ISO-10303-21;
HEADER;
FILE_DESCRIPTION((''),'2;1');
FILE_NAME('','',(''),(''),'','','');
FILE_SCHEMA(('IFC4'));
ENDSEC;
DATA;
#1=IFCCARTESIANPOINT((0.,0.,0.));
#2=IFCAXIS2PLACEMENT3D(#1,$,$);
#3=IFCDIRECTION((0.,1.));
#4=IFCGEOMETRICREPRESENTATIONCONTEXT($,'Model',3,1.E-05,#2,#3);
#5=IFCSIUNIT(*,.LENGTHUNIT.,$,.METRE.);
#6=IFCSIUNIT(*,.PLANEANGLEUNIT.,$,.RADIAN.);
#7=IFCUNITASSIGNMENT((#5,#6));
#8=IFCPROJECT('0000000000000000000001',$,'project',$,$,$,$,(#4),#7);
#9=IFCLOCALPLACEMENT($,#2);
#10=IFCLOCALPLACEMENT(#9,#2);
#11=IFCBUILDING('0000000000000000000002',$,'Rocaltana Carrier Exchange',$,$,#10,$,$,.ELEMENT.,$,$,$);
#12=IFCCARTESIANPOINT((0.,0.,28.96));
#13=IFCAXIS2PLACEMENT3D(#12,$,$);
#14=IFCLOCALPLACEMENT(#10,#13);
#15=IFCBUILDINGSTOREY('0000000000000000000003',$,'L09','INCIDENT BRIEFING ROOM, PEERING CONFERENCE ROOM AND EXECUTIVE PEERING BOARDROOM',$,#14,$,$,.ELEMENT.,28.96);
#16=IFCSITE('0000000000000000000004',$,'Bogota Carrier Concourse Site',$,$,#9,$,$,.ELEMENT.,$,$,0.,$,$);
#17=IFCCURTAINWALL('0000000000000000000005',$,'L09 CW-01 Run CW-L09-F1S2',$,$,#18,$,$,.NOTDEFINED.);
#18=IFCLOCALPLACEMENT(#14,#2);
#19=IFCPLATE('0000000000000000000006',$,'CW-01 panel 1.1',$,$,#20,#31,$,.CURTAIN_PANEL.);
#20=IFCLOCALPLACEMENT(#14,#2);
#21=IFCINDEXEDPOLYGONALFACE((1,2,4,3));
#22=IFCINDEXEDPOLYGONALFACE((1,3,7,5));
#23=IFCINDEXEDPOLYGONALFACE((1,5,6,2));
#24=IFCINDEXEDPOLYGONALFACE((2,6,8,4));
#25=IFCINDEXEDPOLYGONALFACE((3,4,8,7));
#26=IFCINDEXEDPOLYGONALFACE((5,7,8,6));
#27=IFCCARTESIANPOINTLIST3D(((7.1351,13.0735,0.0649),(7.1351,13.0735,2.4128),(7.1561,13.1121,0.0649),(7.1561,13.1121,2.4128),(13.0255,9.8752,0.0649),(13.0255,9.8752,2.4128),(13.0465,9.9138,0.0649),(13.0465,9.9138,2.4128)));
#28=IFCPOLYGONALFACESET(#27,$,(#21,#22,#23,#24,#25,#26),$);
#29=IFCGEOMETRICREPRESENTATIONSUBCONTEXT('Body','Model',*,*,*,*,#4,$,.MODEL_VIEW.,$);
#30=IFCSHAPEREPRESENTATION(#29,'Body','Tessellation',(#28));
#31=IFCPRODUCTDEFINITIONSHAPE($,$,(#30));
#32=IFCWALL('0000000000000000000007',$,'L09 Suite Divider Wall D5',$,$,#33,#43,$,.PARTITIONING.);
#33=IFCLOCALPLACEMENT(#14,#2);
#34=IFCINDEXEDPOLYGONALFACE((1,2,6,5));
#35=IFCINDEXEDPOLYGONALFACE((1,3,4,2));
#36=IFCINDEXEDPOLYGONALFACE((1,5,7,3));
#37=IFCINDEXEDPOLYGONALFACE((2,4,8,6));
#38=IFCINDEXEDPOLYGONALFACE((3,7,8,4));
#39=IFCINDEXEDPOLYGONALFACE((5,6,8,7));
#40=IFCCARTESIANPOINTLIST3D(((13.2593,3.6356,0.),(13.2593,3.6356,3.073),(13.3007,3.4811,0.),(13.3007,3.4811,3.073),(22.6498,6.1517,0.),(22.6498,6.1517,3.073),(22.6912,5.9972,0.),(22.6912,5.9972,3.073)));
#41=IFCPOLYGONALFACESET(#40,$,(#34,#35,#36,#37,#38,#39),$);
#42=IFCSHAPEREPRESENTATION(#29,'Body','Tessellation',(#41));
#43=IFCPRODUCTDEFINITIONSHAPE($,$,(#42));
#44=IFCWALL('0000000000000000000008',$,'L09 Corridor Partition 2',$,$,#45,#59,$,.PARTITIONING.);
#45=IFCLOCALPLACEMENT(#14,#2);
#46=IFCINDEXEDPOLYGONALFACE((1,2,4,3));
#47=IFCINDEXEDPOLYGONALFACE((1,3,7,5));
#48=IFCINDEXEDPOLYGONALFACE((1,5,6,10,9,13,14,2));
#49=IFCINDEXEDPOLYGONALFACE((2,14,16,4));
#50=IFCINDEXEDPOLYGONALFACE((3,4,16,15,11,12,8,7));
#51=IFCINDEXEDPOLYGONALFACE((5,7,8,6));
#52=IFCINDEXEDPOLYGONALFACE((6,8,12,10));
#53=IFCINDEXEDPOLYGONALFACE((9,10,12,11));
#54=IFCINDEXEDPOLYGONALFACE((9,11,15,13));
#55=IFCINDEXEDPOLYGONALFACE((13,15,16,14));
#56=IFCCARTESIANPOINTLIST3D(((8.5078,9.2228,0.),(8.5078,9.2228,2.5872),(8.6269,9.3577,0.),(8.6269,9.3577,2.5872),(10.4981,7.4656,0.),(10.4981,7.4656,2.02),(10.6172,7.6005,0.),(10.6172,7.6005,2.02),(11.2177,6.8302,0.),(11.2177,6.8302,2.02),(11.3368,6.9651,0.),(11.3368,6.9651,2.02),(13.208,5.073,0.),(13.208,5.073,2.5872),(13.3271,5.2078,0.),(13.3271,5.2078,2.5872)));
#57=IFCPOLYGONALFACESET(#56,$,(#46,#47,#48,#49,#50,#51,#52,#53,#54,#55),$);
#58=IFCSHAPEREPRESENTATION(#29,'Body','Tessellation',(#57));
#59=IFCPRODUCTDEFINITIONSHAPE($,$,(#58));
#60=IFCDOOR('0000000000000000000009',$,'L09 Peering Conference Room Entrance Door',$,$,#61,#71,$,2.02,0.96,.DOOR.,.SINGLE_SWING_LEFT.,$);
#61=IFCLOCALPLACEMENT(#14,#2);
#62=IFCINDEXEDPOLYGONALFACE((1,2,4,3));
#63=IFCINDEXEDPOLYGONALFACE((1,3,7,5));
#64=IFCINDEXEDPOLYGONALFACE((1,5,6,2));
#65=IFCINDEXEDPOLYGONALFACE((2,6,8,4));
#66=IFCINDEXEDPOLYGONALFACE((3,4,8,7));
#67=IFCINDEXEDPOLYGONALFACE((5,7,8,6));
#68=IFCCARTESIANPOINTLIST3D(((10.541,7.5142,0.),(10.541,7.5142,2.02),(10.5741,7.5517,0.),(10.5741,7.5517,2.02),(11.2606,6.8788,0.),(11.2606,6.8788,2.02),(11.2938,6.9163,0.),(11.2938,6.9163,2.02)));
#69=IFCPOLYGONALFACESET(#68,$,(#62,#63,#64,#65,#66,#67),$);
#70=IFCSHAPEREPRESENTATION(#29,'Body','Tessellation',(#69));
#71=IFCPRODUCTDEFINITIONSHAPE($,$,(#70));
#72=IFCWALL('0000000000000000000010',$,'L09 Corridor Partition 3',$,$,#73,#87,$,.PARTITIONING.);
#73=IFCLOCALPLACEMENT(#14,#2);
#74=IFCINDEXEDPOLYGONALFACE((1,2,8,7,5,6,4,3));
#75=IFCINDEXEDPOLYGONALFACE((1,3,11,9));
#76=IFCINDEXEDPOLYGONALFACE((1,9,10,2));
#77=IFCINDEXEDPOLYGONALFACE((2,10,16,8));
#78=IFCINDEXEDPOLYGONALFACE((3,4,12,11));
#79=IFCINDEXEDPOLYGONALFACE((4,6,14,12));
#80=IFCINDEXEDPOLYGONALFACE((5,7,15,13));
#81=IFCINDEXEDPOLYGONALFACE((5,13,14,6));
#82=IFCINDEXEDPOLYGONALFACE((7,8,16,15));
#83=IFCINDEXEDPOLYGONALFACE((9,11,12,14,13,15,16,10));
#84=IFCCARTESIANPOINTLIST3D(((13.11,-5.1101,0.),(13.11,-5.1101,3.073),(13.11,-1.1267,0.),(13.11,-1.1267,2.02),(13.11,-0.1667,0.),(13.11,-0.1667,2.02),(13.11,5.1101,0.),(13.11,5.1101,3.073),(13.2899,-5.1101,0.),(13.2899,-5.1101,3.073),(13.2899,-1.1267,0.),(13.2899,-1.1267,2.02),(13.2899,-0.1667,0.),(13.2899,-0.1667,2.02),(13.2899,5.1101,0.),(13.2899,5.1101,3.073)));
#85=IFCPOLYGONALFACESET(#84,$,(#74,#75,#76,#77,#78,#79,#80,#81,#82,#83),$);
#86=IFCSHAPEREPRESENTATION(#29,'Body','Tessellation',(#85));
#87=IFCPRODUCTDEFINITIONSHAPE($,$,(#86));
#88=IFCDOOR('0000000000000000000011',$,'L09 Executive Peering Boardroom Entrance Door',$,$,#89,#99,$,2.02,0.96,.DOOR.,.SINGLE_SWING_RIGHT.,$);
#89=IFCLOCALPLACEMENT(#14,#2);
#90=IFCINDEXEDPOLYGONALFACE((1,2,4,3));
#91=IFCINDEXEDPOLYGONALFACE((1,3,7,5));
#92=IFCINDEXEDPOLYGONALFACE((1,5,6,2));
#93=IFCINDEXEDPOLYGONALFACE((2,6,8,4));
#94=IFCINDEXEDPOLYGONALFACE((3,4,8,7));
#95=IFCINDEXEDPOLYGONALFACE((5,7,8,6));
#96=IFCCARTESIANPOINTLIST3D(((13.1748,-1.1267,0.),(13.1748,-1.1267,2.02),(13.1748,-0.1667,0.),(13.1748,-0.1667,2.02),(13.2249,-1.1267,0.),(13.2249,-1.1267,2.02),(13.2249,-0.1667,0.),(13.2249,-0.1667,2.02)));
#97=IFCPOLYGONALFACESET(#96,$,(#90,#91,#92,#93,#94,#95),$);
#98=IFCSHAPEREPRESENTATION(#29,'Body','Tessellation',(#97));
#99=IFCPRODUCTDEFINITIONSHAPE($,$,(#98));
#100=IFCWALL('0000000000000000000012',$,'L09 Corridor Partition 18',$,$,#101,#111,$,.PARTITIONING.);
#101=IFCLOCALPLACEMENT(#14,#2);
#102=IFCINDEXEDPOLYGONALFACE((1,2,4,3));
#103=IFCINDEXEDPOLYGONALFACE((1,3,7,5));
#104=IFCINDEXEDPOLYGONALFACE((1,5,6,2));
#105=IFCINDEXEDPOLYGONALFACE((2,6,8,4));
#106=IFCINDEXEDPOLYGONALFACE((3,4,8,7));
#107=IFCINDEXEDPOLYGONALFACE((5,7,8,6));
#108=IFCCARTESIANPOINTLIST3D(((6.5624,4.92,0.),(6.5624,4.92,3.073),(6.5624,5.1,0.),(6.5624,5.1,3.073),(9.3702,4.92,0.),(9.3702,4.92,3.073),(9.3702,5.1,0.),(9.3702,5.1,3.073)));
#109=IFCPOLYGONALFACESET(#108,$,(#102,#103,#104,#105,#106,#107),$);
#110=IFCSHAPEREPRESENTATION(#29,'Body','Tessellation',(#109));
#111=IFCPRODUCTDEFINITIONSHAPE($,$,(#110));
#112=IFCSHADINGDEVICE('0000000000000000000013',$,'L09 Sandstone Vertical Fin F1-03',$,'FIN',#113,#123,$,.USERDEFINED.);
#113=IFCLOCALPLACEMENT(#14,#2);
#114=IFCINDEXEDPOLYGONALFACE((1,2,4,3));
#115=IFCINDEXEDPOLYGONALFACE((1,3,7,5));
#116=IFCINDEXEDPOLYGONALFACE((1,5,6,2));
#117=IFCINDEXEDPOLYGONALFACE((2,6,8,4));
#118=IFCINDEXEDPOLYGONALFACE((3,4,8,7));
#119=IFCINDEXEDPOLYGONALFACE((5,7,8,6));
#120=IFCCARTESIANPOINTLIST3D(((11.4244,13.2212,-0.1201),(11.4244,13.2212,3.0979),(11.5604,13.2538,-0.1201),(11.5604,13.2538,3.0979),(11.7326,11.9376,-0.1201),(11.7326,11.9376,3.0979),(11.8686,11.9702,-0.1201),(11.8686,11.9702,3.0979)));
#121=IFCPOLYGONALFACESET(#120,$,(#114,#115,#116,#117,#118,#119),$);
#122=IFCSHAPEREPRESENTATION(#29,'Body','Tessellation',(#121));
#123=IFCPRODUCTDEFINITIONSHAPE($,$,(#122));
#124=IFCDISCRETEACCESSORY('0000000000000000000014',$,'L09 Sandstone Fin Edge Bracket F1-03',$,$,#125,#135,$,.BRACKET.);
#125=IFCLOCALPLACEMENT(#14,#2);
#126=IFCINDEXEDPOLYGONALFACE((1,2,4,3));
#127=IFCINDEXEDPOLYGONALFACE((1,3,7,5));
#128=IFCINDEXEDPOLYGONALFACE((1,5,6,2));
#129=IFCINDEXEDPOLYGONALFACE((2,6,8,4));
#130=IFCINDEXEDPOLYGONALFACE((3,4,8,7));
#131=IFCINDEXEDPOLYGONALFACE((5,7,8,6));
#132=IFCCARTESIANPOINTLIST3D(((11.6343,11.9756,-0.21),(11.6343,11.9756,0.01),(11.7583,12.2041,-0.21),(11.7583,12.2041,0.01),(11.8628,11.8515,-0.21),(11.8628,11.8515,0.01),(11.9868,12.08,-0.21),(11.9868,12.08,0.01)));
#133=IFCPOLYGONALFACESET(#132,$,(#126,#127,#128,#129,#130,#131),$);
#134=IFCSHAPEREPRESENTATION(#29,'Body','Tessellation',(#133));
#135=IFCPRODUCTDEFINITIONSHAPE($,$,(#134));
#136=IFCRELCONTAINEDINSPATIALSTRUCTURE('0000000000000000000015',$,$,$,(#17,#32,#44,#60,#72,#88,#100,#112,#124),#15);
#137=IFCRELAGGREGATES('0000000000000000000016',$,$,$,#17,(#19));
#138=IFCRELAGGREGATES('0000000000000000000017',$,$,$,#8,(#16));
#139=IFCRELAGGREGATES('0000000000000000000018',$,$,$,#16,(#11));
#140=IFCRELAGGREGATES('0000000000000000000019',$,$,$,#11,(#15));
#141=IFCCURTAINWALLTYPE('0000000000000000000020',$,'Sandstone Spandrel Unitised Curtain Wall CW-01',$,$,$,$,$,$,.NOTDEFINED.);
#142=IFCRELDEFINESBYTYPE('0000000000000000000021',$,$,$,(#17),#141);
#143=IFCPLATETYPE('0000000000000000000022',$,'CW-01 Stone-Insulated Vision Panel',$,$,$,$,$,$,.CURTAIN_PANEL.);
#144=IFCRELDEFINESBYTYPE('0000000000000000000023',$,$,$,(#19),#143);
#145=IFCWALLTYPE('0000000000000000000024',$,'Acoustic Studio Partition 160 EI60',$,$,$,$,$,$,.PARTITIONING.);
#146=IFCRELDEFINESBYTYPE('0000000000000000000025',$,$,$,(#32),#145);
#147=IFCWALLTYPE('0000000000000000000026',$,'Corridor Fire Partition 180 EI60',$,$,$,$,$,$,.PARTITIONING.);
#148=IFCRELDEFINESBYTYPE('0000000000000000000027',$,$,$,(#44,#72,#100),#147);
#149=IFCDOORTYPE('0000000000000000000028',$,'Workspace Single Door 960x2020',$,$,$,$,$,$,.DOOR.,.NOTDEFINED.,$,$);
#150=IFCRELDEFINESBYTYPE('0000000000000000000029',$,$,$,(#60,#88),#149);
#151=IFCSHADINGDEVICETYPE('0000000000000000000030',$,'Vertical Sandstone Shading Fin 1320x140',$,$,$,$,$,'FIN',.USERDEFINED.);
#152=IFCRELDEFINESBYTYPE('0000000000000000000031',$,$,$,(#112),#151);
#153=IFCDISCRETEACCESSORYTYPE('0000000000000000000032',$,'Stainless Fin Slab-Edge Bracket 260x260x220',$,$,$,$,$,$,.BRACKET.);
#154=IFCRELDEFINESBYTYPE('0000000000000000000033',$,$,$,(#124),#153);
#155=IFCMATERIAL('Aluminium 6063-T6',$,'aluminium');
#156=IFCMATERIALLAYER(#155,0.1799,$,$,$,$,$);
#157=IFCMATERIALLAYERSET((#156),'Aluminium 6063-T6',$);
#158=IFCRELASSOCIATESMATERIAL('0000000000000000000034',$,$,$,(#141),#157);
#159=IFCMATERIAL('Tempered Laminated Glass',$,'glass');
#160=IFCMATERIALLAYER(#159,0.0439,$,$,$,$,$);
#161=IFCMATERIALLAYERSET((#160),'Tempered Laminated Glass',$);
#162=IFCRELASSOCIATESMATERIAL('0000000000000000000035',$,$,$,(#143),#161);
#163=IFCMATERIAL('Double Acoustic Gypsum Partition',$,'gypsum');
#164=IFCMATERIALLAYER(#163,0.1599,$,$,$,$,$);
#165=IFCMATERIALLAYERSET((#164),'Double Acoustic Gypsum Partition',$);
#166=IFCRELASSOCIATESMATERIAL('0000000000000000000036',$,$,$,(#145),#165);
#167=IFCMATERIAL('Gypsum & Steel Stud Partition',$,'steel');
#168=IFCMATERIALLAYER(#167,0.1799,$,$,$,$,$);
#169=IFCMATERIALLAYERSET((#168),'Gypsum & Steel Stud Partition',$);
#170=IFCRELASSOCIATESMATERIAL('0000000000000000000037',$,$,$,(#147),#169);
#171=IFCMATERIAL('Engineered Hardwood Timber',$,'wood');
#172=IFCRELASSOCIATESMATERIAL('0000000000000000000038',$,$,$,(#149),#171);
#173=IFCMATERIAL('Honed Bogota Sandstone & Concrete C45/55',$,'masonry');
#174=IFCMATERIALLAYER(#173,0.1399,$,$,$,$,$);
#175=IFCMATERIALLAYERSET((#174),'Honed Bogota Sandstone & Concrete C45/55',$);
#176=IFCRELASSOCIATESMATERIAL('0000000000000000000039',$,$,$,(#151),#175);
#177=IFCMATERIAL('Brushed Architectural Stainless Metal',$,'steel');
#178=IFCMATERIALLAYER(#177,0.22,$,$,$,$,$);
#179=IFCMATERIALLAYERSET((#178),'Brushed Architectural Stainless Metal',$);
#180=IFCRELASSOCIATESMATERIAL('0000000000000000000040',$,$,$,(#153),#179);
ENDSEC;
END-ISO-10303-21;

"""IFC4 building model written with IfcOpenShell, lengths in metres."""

from ifc_helpers import new_model, si_unit, direction, frame, frame_2d, origin, origin_2d, place, context, subcontext, project, spatial, rectangle, extrude, material, layer, layer_set, type_object, element, fill, aggregate, save


model = new_model("IFC4")

# Units and contexts
model_context = context("Model", 3, precision=1e-05, world=origin(), true_north=direction((0.0, 1.0)))
body_context = subcontext(model_context, "Body", "Model", "MODEL_VIEW")
ifc_project = project(units=[si_unit("LENGTHUNIT", "METRE"), si_unit("PLANEANGLEUNIT", "RADIAN")], contexts=[model_context])

# Site, building, storey
site_placement = place(None, origin())
site = spatial("IfcSite", under=ifc_project, at=site_placement, Name="Bogota Carrier Concourse Site", CompositionType="ELEMENT", RefElevation=0.0)
building_placement = place(site_placement, origin())
building = spatial("IfcBuilding", under=site, at=building_placement, Name="Rocaltana Carrier Exchange", CompositionType="ELEMENT")
storey_placement = place(building_placement, frame((0.0, 0.0, 28.96)))
storey = spatial("IfcBuildingStorey", under=building, at=storey_placement, Name="L09", Description="INCIDENT BRIEFING ROOM, PEERING CONFERENCE ROOM AND EXECUTIVE PEERING BOARDROOM", CompositionType="ELEMENT", Elevation=28.96)

# Curtain wall
ifc_material_1 = material(Name="Aluminium 6063-T6", Category="aluminium")
ifc_layer_1 = layer(ifc_material_1, 0.1799)
ifc_layer_set_1 = layer_set([ifc_layer_1], Name="Aluminium 6063-T6")
curtain_wall_type = type_object("IfcCurtainWallType", Name="Sandstone Spandrel Unitised Curtain Wall CW-01", PredefinedType="NOTDEFINED", material=ifc_layer_set_1)
curtain_wall_placement = place(storey_placement, origin())
curtain_wall = element("IfcCurtainWall", 1, at=curtain_wall_placement, inside=storey, type_object=curtain_wall_type, Name="L09 CW-01 Run CW-L09-F1S2", PredefinedType="NOTDEFINED")

# Plate
ifc_material_2 = material(Name="Tempered Laminated Glass", Category="glass")
ifc_layer_2 = layer(ifc_material_2, 0.0439)
ifc_layer_set_2 = layer_set([ifc_layer_2], Name="Tempered Laminated Glass")
plate_type = type_object("IfcPlateType", Name="CW-01 Stone-Insulated Vision Panel", PredefinedType="CURTAIN_PANEL", material=ifc_layer_set_2)
plate_placement = place(storey_placement, frame((10.0908, 11.4937, 0.0649), z_axis=(0.0, 0.0, 1.0), x_axis=(-0.878814, 0.477164, 0.0)))
plate = element("IfcPlate", 2, at=plate_placement, type_object=plate_type, Name="CW-01 panel 1.1", PredefinedType="CURTAIN_PANEL", context=body_context, shape_type="SweptSolid", body=[
    extrude(rectangle(XDim=6.7026, YDim=0.0439, at=origin_2d()), origin(), (0.0, 0.0, 1.0), 2.3479),
])
aggregate(curtain_wall, [plate])

# Wall
ifc_material_3 = material(Name="Double Acoustic Gypsum Partition", Category="gypsum")
ifc_layer_3 = layer(ifc_material_3, 0.1599)
ifc_layer_set_3 = layer_set([ifc_layer_3], Name="Double Acoustic Gypsum Partition")
wall_type_1 = type_object("IfcWallType", Name="Acoustic Studio Partition 160 EI60", PredefinedType="PARTITIONING", material=ifc_layer_set_3)
wall_1_placement = place(storey_placement, frame((13.28, 3.5583, 0.0), z_axis=(0.0, 0.0, 1.0), x_axis=(0.965927, 0.258816, 0.0)))
element("IfcWall", 3, at=wall_1_placement, inside=storey, type_object=wall_type_1, Name="L09 Suite Divider Wall D5", PredefinedType="PARTITIONING", context=body_context, shape_type="SweptSolid", body=[
    extrude(rectangle(XDim=9.7217, YDim=0.1599, at=frame_2d((4.8608, 0.0))), origin(), (0.0, 0.0, 1.0), 3.073),
])

# Walls, openings, doors
ifc_material_4 = material(Name="Gypsum & Steel Stud Partition", Category="steel")
ifc_layer_4 = layer(ifc_material_4, 0.1799)
ifc_layer_set_4 = layer_set([ifc_layer_4], Name="Gypsum & Steel Stud Partition")
wall_type_2 = type_object("IfcWallType", Name="Corridor Fire Partition 180 EI60", PredefinedType="PARTITIONING", material=ifc_layer_set_4)
wall_2_placement = place(storey_placement, frame((8.5674, 9.2903, 0.0), z_axis=(0.0, 0.0, 1.0), x_axis=(0.749626, -0.661861, 0.0)))
wall_2 = element("IfcWall", 4, at=wall_2_placement, inside=storey, type_object=wall_type_2, Name="L09 Corridor Partition 2", PredefinedType="PARTITIONING", context=body_context, shape_type="SweptSolid", body=[
    extrude(rectangle(XDim=6.27, YDim=0.1799, at=frame_2d((3.135, 0.0))), origin(), (0.0, 0.0, 1.0), 2.5872),
])
opening_1_placement = place(wall_2_placement, frame((2.655, 0.0, 0.0)))
opening_1 = element("IfcOpeningElement", 5, at=opening_1_placement, cuts=wall_2, PredefinedType="OPENING", context=body_context, shape_type="SweptSolid", body=[
    extrude(rectangle(XDim=0.96, YDim=2.02, at=frame_2d((0.48, 1.01))), frame((0.0, 0.0999, 0.0), z_axis=(0.0, -1.0, 0.0), x_axis=(1.0, 0.0, 0.0)), (0.0, 0.0, 1.0), 0.2),
])
ifc_material_5 = material(Name="Engineered Hardwood Timber", Category="wood")
door_type = type_object("IfcDoorType", Name="Workspace Single Door 960x2020", OperationType="NOTDEFINED", PredefinedType="DOOR", material=ifc_material_5)
door_1_placement = place(opening_1_placement, origin())
door_1 = element("IfcDoor", 6, at=door_1_placement, inside=storey, type_object=door_type, Name="L09 Peering Conference Room Entrance Door", OperationType="SINGLE_SWING_LEFT", OverallHeight=2.02, OverallWidth=0.96, PredefinedType="DOOR", context=body_context, shape_type="SweptSolid", body=[
    extrude(rectangle(XDim=0.96, YDim=2.02, at=frame_2d((0.48, 1.01))), frame((0.0, 0.0249, 0.0), z_axis=(0.0, -1.0, 0.0), x_axis=(1.0, 0.0, 0.0)), (0.0, 0.0, 1.0), 0.05),
])
fill(opening_1, door_1)
wall_3_placement = place(storey_placement, frame((13.2, 5.1101, 0.0), z_axis=(0.0, 0.0, 1.0), x_axis=(0.0, -1.0, 0.0)))
wall_3 = element("IfcWall", 7, at=wall_3_placement, inside=storey, type_object=wall_type_2, Name="L09 Corridor Partition 3", PredefinedType="PARTITIONING", context=body_context, shape_type="SweptSolid", body=[
    extrude(rectangle(XDim=10.2202, YDim=0.1799, at=frame_2d((5.1101, 0.0))), origin(), (0.0, 0.0, 1.0), 3.073),
])
opening_2_placement = place(wall_3_placement, frame((5.2769, 0.0, 0.0)))
opening_2 = element("IfcOpeningElement", 8, at=opening_2_placement, cuts=wall_3, PredefinedType="OPENING", context=body_context, shape_type="SweptSolid", body=[
    extrude(rectangle(XDim=0.96, YDim=2.02, at=frame_2d((0.48, 1.01))), frame((0.0, 0.0999, 0.0), z_axis=(0.0, -1.0, 0.0), x_axis=(1.0, 0.0, 0.0)), (0.0, 0.0, 1.0), 0.2),
])
door_2_placement = place(opening_2_placement, origin())
door_2 = element("IfcDoor", 9, at=door_2_placement, inside=storey, type_object=door_type, Name="L09 Executive Peering Boardroom Entrance Door", OperationType="SINGLE_SWING_RIGHT", OverallHeight=2.02, OverallWidth=0.96, PredefinedType="DOOR", context=body_context, shape_type="SweptSolid", body=[
    extrude(rectangle(XDim=0.96, YDim=2.02, at=frame_2d((0.48, 1.01))), frame((0.0, 0.0249, 0.0), z_axis=(0.0, -1.0, 0.0), x_axis=(1.0, 0.0, 0.0)), (0.0, 0.0, 1.0), 0.05),
])
fill(opening_2, door_2)

# Wall
wall_4_placement = place(storey_placement, frame((9.3701, 5.01, 0.0), z_axis=(0.0, 0.0, 1.0), x_axis=(-1.0, 0.0, 0.0)))
element("IfcWall", 10, at=wall_4_placement, inside=storey, type_object=wall_type_2, Name="L09 Corridor Partition 18", PredefinedType="PARTITIONING", context=body_context, shape_type="SweptSolid", body=[
    extrude(rectangle(XDim=2.8079, YDim=0.1799, at=frame_2d((1.4038, 0.0))), origin(), (0.0, 0.0, 1.0), 3.073),
])

# Shading device
ifc_material_6 = material(Name="Honed Bogota Sandstone & Concrete C45/55", Category="masonry")
ifc_layer_5 = layer(ifc_material_6, 0.1399)
ifc_layer_set_5 = layer_set([ifc_layer_5], Name="Honed Bogota Sandstone & Concrete C45/55")
shading_device_type = type_object("IfcShadingDeviceType", Name="Vertical Sandstone Shading Fin 1320x140", ElementType="FIN", PredefinedType="USERDEFINED", material=ifc_layer_set_5)
shading_device_placement = place(storey_placement, frame((11.6465, 12.5957, -0.1201), z_axis=(0.0, 0.0, 1.0), x_axis=(-0.233445, 0.97237, 0.0)))
element("IfcShadingDevice", 11, at=shading_device_placement, inside=storey, type_object=shading_device_type, Name="L09 Sandstone Vertical Fin F1-03", ObjectType="FIN", PredefinedType="USERDEFINED", context=body_context, shape_type="SweptSolid", body=[
    extrude(rectangle(XDim=1.3201, YDim=0.1399, at=origin_2d()), origin(), (0.0, 0.0, 1.0), 3.218),
])

# Discrete accessory
ifc_material_7 = material(Name="Brushed Architectural Stainless Metal", Category="steel")
ifc_layer_6 = layer(ifc_material_7, 0.22)
ifc_layer_set_6 = layer_set([ifc_layer_6], Name="Brushed Architectural Stainless Metal")
discrete_accessory_type = type_object("IfcDiscreteAccessoryType", Name="Stainless Fin Slab-Edge Bracket 260x260x220", PredefinedType="BRACKET", material=ifc_layer_set_6)
discrete_accessory_placement = place(storey_placement, frame((11.8105, 12.0278, -0.21), z_axis=(0.0, 0.0, 1.0), x_axis=(-0.878817, 0.477159, 0.0)))
element("IfcDiscreteAccessory", 12, at=discrete_accessory_placement, inside=storey, type_object=discrete_accessory_type, Name="L09 Sandstone Fin Edge Bracket F1-03", PredefinedType="BRACKET", context=body_context, shape_type="SweptSolid", body=[
    extrude(rectangle(XDim=0.26, YDim=0.26, at=origin_2d()), origin(), (0.0, 0.0, 1.0), 0.22),
])

save(model, "model.ifc")
